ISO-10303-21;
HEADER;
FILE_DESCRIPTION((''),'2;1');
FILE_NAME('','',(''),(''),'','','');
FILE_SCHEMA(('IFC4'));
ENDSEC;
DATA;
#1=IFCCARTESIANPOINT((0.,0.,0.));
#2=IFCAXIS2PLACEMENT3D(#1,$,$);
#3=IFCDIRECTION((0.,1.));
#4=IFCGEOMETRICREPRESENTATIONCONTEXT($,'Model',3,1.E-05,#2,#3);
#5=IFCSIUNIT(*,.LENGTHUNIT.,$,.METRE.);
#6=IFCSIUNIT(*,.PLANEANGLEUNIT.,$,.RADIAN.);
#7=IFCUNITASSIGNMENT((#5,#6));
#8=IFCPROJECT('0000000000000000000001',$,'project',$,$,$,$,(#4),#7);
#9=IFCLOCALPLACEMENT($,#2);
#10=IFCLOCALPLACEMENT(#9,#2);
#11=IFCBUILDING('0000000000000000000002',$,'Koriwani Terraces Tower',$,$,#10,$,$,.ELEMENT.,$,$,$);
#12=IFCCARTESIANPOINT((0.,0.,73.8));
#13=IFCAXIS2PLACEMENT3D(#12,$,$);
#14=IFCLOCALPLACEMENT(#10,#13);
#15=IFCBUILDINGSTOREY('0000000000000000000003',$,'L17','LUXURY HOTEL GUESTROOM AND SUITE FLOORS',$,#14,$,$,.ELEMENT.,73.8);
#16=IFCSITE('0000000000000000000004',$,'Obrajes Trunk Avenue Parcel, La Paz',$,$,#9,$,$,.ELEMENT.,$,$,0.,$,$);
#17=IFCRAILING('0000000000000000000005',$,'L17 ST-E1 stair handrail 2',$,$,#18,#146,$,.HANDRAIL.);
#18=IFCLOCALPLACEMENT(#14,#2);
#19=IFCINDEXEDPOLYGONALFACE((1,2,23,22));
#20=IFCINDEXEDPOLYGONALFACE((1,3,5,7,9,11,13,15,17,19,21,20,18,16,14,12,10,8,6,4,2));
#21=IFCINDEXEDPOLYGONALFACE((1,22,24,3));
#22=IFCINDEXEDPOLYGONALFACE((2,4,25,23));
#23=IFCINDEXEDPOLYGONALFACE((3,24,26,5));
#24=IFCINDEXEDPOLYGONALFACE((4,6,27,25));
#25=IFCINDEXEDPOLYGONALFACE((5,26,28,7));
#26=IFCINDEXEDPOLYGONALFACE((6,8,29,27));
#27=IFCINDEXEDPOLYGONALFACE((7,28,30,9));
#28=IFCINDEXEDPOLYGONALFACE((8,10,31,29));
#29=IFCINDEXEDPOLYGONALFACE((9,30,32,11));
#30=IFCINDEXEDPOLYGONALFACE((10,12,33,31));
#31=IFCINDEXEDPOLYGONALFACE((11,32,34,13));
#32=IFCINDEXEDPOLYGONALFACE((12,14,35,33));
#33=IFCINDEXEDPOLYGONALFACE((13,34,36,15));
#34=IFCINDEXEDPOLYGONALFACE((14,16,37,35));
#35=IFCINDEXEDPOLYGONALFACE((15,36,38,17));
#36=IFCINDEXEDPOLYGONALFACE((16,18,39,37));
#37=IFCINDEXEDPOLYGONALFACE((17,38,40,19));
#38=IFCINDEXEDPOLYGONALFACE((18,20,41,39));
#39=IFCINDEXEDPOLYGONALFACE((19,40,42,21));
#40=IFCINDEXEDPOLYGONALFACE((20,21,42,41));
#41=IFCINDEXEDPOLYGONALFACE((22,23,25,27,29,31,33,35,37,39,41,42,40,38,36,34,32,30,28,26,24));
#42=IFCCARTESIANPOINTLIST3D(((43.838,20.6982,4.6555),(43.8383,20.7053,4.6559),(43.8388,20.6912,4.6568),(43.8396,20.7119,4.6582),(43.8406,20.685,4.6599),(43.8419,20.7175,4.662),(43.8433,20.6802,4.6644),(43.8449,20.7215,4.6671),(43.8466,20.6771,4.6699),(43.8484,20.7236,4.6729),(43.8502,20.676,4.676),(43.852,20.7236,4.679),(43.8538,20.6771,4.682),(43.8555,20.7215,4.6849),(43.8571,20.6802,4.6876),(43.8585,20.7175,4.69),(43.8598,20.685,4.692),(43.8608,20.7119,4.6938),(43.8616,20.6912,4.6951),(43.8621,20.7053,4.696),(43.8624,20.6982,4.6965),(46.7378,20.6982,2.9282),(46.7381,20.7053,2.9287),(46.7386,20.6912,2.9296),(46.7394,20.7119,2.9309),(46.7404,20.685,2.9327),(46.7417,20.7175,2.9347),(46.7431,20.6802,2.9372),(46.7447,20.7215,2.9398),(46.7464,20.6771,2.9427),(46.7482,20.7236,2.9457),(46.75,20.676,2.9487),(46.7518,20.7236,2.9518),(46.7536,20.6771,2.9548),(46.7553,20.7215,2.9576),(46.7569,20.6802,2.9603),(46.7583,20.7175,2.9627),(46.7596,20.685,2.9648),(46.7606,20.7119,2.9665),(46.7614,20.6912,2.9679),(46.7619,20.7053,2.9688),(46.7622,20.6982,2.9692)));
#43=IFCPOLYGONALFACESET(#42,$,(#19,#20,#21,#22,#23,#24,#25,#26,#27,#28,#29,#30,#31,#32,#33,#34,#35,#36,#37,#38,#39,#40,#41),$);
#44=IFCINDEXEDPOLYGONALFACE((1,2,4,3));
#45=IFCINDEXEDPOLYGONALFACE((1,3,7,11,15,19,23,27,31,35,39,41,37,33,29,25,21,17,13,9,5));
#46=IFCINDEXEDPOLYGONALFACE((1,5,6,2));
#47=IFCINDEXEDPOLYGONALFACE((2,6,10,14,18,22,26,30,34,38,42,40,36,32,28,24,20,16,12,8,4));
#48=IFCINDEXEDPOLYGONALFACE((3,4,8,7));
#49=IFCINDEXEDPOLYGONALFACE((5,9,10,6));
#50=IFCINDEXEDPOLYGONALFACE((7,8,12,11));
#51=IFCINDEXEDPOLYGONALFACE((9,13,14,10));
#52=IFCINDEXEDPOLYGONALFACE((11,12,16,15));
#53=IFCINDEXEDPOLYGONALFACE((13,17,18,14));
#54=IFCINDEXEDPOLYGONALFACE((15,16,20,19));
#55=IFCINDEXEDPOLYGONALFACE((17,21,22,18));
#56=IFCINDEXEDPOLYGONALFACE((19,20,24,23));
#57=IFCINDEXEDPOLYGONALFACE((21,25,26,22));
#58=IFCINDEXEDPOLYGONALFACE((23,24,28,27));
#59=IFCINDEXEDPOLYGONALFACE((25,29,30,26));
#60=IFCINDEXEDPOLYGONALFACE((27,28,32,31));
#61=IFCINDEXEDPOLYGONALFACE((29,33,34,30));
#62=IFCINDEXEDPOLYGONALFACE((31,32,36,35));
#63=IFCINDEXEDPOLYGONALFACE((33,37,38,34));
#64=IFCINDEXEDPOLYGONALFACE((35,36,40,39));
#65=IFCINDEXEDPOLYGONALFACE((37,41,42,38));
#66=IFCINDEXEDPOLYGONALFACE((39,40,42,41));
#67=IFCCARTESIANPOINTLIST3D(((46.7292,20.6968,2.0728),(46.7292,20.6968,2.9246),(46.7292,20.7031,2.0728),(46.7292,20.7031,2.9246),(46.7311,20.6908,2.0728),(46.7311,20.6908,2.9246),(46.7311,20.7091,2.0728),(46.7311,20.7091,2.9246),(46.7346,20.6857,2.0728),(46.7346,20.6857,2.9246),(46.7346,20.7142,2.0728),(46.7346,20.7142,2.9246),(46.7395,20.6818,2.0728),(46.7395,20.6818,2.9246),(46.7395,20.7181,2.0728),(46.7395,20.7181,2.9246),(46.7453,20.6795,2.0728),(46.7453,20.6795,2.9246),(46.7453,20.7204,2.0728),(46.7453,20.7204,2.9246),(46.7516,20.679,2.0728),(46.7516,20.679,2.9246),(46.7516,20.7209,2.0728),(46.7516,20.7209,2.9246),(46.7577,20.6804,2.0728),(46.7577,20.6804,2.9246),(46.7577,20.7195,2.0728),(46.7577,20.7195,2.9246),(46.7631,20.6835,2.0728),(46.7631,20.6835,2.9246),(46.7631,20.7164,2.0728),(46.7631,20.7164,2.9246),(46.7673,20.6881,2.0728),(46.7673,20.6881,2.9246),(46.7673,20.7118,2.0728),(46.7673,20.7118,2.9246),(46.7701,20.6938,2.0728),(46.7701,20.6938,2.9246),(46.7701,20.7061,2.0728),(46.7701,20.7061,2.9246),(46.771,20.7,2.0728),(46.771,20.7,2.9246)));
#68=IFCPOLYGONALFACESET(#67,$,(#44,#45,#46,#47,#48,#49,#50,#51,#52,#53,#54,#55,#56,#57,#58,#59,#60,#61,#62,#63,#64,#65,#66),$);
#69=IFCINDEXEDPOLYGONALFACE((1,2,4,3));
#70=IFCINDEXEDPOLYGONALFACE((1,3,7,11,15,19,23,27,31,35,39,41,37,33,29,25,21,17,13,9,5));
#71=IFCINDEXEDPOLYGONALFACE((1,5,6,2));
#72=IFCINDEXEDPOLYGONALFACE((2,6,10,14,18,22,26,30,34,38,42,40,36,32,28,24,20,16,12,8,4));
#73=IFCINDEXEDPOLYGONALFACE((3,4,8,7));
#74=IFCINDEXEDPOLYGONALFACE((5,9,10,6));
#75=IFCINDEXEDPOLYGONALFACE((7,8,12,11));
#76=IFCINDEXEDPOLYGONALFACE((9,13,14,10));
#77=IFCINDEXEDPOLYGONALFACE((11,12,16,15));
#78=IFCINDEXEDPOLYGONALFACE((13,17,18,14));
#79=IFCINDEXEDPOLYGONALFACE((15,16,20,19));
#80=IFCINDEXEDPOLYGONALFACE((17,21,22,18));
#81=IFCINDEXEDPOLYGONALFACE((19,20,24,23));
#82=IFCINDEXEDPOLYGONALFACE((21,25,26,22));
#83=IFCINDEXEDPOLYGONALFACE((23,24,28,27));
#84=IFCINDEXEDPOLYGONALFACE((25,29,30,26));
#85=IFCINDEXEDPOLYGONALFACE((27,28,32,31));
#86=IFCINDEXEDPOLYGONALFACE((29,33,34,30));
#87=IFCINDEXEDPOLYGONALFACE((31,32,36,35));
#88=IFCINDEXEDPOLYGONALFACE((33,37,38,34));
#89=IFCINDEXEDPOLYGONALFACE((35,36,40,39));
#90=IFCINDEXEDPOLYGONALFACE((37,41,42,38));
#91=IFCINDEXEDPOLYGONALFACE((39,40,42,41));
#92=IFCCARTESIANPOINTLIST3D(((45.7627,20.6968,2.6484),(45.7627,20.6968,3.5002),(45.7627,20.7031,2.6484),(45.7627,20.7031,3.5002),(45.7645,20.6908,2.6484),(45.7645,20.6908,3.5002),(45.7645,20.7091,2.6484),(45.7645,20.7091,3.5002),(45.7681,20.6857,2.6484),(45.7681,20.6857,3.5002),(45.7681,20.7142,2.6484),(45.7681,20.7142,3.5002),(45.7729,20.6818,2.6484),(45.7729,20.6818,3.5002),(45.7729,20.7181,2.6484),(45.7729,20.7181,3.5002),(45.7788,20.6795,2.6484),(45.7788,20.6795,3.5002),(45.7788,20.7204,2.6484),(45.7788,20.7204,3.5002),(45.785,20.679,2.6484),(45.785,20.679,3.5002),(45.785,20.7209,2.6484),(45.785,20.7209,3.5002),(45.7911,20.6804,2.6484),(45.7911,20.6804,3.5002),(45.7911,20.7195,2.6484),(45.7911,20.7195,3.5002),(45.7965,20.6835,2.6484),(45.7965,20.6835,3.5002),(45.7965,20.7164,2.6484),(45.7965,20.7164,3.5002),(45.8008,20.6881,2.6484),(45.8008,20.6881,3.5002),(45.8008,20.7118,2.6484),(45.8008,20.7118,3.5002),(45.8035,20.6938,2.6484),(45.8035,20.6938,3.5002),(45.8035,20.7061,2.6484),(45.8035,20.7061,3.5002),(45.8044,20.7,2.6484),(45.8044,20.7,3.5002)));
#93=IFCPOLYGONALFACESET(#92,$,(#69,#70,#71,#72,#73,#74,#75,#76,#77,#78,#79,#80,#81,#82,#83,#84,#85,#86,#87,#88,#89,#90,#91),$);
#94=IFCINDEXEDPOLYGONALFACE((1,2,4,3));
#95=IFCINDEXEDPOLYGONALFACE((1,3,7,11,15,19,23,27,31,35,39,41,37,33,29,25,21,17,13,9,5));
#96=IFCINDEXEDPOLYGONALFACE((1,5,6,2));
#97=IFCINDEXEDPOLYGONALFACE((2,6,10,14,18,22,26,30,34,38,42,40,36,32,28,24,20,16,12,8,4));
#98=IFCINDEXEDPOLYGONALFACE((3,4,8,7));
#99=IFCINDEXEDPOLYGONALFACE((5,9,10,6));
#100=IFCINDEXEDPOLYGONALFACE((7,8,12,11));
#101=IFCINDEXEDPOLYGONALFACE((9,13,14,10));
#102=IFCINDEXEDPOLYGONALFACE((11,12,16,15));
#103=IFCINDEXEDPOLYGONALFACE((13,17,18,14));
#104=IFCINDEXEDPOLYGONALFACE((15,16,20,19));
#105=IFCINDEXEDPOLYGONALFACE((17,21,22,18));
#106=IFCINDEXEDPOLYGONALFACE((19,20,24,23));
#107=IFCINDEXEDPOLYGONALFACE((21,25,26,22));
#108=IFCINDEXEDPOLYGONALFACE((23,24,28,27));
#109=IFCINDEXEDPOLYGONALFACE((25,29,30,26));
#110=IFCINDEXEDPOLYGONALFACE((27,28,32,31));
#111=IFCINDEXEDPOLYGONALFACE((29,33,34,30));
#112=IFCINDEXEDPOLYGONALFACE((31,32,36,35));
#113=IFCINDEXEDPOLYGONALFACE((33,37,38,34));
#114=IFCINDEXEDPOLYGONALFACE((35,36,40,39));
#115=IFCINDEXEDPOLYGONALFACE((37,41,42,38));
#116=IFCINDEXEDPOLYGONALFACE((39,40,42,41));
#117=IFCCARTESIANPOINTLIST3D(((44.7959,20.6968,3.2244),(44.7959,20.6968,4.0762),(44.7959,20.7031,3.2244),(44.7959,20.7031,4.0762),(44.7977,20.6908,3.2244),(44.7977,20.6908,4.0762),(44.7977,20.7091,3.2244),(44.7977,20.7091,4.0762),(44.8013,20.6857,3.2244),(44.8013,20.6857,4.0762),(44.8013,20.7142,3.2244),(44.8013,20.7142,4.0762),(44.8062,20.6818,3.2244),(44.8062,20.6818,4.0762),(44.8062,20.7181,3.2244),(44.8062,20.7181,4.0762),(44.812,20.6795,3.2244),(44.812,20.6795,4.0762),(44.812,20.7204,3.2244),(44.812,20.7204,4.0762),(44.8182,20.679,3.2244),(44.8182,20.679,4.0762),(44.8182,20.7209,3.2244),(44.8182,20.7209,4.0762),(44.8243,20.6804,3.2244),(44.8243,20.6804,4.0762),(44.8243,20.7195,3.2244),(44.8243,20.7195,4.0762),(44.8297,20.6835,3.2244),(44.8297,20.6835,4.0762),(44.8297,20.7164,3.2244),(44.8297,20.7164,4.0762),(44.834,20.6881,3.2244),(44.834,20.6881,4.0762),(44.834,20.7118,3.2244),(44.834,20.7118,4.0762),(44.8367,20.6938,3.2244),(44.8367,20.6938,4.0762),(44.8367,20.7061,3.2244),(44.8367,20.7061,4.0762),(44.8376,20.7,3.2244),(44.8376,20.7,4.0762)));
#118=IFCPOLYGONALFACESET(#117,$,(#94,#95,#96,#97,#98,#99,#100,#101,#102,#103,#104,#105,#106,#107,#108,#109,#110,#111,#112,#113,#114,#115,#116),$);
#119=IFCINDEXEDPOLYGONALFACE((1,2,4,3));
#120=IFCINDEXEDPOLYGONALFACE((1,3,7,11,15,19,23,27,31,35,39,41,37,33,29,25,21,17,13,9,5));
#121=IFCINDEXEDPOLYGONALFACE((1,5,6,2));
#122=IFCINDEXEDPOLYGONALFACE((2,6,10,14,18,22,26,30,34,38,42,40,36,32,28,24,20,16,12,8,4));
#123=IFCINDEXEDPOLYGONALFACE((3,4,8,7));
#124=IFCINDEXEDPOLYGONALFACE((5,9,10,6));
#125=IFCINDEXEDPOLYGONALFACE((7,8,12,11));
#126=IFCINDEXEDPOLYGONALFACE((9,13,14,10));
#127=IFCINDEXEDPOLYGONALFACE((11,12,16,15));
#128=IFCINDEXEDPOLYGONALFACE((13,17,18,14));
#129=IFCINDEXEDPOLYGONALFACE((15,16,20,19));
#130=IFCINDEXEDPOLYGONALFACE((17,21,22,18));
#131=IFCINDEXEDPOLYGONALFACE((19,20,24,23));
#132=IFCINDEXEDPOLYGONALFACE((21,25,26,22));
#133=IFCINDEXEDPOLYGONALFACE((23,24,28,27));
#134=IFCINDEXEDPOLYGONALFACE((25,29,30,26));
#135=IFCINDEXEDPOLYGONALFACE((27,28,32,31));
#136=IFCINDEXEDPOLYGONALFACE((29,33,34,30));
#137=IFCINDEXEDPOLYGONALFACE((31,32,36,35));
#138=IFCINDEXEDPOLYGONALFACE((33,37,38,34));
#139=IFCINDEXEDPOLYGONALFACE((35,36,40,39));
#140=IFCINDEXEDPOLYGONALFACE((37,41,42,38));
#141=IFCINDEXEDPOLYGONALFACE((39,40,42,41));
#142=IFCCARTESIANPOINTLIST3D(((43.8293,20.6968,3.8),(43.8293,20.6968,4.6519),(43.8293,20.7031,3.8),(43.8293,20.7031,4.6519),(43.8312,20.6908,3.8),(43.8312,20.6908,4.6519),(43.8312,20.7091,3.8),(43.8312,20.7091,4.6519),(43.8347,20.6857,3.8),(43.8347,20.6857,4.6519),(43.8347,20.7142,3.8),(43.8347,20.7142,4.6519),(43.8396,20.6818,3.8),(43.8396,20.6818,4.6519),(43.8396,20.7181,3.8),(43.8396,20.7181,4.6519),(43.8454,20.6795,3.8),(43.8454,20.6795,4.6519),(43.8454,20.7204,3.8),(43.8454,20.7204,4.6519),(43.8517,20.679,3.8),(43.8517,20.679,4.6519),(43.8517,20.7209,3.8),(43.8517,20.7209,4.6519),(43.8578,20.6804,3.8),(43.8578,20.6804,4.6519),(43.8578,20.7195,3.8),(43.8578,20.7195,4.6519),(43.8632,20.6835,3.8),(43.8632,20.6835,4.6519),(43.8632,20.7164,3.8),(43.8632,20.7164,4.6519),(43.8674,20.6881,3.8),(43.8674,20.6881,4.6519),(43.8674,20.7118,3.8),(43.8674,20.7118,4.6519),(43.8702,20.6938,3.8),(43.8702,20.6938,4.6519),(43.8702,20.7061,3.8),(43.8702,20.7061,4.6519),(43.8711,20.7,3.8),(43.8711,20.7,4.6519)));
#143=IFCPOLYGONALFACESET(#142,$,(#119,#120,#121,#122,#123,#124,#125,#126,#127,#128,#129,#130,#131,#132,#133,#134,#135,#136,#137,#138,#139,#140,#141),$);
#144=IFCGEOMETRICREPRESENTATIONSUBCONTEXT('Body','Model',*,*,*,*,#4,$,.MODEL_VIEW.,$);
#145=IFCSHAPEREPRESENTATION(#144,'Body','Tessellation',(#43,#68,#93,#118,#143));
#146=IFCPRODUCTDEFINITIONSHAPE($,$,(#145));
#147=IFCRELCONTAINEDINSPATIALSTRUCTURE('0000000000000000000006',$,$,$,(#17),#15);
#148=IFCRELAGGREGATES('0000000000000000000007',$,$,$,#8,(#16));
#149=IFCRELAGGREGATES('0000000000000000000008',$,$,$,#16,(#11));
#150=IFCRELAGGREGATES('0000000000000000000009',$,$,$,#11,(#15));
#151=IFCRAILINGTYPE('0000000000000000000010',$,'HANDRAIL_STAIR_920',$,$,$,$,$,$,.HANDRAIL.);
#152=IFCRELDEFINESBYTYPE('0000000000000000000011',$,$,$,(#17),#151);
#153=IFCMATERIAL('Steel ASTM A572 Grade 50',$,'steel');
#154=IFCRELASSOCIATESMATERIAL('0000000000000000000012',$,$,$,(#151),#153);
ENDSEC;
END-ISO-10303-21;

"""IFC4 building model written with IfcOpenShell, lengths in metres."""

from ifc_helpers import new_model, si_unit, direction, frame, origin, origin_2d, place, context, subcontext, project, spatial, circle, extrude, material, type_object, element, save


model = new_model("IFC4")

# Units and contexts
model_context = context("Model", 3, precision=1e-05, world=origin(), true_north=direction((0.0, 1.0)))
body_context = subcontext(model_context, "Body", "Model", "MODEL_VIEW")
ifc_project = project(units=[si_unit("LENGTHUNIT", "METRE"), si_unit("PLANEANGLEUNIT", "RADIAN")], contexts=[model_context])

# Site, building, storey
site_placement = place(None, origin())
site = spatial("IfcSite", under=ifc_project, at=site_placement, Name="Obrajes Trunk Avenue Parcel, La Paz", CompositionType="ELEMENT", RefElevation=0.0)
building_placement = place(site_placement, origin())
building = spatial("IfcBuilding", under=site, at=building_placement, Name="Koriwani Terraces Tower", CompositionType="ELEMENT")
storey_placement = place(building_placement, frame((0.0, 0.0, 73.8)))
storey = spatial("IfcBuildingStorey", under=building, at=storey_placement, Name="L17", Description="LUXURY HOTEL GUESTROOM AND SUITE FLOORS", CompositionType="ELEMENT", Elevation=73.8)

# Shared definitions
ifc_material_1 = material(Name="Steel ASTM A572 Grade 50", Category="steel")

# Railing
railing_type_1 = type_object("IfcRailingType", Name="HANDRAIL_STAIR_920", PredefinedType="HANDRAIL", material=ifc_material_1)
railing_1_placement = place(storey_placement, frame((46.75, 20.7, 2.0728)))
element("IfcRailing", 1, at=railing_1_placement, inside=storey, type_object=railing_type_1, Name="L17 ST-E1 stair handrail 2", PredefinedType="HANDRAIL", context=body_context, shape_type="SweptSolid", body=[
    extrude(circle(Radius=0.0239, at=origin_2d()), frame((0.0, 0.0, 0.876), z_axis=(-0.859141, 0.0, 0.511738), x_axis=(0.0, -1.0, 0.0)), (0.0, 0.0, 1.0), 3.3752),
    extrude(circle(Radius=0.021, at=origin_2d()), origin(), (0.0, 0.0, 1.0), 0.8518),
    extrude(circle(Radius=0.021, at=origin_2d()), frame((-0.9666, 0.0, 0.5757)), (0.0, 0.0, 1.0), 0.8518),
    extrude(circle(Radius=0.021, at=origin_2d()), frame((-1.9333, 0.0, 1.1516)), (0.0, 0.0, 1.0), 0.8518),
    extrude(circle(Radius=0.021, at=origin_2d()), frame((-2.8999, 0.0, 1.7273)), (0.0, 0.0, 1.0), 0.8518),
])

save(model, "model.ifc")
